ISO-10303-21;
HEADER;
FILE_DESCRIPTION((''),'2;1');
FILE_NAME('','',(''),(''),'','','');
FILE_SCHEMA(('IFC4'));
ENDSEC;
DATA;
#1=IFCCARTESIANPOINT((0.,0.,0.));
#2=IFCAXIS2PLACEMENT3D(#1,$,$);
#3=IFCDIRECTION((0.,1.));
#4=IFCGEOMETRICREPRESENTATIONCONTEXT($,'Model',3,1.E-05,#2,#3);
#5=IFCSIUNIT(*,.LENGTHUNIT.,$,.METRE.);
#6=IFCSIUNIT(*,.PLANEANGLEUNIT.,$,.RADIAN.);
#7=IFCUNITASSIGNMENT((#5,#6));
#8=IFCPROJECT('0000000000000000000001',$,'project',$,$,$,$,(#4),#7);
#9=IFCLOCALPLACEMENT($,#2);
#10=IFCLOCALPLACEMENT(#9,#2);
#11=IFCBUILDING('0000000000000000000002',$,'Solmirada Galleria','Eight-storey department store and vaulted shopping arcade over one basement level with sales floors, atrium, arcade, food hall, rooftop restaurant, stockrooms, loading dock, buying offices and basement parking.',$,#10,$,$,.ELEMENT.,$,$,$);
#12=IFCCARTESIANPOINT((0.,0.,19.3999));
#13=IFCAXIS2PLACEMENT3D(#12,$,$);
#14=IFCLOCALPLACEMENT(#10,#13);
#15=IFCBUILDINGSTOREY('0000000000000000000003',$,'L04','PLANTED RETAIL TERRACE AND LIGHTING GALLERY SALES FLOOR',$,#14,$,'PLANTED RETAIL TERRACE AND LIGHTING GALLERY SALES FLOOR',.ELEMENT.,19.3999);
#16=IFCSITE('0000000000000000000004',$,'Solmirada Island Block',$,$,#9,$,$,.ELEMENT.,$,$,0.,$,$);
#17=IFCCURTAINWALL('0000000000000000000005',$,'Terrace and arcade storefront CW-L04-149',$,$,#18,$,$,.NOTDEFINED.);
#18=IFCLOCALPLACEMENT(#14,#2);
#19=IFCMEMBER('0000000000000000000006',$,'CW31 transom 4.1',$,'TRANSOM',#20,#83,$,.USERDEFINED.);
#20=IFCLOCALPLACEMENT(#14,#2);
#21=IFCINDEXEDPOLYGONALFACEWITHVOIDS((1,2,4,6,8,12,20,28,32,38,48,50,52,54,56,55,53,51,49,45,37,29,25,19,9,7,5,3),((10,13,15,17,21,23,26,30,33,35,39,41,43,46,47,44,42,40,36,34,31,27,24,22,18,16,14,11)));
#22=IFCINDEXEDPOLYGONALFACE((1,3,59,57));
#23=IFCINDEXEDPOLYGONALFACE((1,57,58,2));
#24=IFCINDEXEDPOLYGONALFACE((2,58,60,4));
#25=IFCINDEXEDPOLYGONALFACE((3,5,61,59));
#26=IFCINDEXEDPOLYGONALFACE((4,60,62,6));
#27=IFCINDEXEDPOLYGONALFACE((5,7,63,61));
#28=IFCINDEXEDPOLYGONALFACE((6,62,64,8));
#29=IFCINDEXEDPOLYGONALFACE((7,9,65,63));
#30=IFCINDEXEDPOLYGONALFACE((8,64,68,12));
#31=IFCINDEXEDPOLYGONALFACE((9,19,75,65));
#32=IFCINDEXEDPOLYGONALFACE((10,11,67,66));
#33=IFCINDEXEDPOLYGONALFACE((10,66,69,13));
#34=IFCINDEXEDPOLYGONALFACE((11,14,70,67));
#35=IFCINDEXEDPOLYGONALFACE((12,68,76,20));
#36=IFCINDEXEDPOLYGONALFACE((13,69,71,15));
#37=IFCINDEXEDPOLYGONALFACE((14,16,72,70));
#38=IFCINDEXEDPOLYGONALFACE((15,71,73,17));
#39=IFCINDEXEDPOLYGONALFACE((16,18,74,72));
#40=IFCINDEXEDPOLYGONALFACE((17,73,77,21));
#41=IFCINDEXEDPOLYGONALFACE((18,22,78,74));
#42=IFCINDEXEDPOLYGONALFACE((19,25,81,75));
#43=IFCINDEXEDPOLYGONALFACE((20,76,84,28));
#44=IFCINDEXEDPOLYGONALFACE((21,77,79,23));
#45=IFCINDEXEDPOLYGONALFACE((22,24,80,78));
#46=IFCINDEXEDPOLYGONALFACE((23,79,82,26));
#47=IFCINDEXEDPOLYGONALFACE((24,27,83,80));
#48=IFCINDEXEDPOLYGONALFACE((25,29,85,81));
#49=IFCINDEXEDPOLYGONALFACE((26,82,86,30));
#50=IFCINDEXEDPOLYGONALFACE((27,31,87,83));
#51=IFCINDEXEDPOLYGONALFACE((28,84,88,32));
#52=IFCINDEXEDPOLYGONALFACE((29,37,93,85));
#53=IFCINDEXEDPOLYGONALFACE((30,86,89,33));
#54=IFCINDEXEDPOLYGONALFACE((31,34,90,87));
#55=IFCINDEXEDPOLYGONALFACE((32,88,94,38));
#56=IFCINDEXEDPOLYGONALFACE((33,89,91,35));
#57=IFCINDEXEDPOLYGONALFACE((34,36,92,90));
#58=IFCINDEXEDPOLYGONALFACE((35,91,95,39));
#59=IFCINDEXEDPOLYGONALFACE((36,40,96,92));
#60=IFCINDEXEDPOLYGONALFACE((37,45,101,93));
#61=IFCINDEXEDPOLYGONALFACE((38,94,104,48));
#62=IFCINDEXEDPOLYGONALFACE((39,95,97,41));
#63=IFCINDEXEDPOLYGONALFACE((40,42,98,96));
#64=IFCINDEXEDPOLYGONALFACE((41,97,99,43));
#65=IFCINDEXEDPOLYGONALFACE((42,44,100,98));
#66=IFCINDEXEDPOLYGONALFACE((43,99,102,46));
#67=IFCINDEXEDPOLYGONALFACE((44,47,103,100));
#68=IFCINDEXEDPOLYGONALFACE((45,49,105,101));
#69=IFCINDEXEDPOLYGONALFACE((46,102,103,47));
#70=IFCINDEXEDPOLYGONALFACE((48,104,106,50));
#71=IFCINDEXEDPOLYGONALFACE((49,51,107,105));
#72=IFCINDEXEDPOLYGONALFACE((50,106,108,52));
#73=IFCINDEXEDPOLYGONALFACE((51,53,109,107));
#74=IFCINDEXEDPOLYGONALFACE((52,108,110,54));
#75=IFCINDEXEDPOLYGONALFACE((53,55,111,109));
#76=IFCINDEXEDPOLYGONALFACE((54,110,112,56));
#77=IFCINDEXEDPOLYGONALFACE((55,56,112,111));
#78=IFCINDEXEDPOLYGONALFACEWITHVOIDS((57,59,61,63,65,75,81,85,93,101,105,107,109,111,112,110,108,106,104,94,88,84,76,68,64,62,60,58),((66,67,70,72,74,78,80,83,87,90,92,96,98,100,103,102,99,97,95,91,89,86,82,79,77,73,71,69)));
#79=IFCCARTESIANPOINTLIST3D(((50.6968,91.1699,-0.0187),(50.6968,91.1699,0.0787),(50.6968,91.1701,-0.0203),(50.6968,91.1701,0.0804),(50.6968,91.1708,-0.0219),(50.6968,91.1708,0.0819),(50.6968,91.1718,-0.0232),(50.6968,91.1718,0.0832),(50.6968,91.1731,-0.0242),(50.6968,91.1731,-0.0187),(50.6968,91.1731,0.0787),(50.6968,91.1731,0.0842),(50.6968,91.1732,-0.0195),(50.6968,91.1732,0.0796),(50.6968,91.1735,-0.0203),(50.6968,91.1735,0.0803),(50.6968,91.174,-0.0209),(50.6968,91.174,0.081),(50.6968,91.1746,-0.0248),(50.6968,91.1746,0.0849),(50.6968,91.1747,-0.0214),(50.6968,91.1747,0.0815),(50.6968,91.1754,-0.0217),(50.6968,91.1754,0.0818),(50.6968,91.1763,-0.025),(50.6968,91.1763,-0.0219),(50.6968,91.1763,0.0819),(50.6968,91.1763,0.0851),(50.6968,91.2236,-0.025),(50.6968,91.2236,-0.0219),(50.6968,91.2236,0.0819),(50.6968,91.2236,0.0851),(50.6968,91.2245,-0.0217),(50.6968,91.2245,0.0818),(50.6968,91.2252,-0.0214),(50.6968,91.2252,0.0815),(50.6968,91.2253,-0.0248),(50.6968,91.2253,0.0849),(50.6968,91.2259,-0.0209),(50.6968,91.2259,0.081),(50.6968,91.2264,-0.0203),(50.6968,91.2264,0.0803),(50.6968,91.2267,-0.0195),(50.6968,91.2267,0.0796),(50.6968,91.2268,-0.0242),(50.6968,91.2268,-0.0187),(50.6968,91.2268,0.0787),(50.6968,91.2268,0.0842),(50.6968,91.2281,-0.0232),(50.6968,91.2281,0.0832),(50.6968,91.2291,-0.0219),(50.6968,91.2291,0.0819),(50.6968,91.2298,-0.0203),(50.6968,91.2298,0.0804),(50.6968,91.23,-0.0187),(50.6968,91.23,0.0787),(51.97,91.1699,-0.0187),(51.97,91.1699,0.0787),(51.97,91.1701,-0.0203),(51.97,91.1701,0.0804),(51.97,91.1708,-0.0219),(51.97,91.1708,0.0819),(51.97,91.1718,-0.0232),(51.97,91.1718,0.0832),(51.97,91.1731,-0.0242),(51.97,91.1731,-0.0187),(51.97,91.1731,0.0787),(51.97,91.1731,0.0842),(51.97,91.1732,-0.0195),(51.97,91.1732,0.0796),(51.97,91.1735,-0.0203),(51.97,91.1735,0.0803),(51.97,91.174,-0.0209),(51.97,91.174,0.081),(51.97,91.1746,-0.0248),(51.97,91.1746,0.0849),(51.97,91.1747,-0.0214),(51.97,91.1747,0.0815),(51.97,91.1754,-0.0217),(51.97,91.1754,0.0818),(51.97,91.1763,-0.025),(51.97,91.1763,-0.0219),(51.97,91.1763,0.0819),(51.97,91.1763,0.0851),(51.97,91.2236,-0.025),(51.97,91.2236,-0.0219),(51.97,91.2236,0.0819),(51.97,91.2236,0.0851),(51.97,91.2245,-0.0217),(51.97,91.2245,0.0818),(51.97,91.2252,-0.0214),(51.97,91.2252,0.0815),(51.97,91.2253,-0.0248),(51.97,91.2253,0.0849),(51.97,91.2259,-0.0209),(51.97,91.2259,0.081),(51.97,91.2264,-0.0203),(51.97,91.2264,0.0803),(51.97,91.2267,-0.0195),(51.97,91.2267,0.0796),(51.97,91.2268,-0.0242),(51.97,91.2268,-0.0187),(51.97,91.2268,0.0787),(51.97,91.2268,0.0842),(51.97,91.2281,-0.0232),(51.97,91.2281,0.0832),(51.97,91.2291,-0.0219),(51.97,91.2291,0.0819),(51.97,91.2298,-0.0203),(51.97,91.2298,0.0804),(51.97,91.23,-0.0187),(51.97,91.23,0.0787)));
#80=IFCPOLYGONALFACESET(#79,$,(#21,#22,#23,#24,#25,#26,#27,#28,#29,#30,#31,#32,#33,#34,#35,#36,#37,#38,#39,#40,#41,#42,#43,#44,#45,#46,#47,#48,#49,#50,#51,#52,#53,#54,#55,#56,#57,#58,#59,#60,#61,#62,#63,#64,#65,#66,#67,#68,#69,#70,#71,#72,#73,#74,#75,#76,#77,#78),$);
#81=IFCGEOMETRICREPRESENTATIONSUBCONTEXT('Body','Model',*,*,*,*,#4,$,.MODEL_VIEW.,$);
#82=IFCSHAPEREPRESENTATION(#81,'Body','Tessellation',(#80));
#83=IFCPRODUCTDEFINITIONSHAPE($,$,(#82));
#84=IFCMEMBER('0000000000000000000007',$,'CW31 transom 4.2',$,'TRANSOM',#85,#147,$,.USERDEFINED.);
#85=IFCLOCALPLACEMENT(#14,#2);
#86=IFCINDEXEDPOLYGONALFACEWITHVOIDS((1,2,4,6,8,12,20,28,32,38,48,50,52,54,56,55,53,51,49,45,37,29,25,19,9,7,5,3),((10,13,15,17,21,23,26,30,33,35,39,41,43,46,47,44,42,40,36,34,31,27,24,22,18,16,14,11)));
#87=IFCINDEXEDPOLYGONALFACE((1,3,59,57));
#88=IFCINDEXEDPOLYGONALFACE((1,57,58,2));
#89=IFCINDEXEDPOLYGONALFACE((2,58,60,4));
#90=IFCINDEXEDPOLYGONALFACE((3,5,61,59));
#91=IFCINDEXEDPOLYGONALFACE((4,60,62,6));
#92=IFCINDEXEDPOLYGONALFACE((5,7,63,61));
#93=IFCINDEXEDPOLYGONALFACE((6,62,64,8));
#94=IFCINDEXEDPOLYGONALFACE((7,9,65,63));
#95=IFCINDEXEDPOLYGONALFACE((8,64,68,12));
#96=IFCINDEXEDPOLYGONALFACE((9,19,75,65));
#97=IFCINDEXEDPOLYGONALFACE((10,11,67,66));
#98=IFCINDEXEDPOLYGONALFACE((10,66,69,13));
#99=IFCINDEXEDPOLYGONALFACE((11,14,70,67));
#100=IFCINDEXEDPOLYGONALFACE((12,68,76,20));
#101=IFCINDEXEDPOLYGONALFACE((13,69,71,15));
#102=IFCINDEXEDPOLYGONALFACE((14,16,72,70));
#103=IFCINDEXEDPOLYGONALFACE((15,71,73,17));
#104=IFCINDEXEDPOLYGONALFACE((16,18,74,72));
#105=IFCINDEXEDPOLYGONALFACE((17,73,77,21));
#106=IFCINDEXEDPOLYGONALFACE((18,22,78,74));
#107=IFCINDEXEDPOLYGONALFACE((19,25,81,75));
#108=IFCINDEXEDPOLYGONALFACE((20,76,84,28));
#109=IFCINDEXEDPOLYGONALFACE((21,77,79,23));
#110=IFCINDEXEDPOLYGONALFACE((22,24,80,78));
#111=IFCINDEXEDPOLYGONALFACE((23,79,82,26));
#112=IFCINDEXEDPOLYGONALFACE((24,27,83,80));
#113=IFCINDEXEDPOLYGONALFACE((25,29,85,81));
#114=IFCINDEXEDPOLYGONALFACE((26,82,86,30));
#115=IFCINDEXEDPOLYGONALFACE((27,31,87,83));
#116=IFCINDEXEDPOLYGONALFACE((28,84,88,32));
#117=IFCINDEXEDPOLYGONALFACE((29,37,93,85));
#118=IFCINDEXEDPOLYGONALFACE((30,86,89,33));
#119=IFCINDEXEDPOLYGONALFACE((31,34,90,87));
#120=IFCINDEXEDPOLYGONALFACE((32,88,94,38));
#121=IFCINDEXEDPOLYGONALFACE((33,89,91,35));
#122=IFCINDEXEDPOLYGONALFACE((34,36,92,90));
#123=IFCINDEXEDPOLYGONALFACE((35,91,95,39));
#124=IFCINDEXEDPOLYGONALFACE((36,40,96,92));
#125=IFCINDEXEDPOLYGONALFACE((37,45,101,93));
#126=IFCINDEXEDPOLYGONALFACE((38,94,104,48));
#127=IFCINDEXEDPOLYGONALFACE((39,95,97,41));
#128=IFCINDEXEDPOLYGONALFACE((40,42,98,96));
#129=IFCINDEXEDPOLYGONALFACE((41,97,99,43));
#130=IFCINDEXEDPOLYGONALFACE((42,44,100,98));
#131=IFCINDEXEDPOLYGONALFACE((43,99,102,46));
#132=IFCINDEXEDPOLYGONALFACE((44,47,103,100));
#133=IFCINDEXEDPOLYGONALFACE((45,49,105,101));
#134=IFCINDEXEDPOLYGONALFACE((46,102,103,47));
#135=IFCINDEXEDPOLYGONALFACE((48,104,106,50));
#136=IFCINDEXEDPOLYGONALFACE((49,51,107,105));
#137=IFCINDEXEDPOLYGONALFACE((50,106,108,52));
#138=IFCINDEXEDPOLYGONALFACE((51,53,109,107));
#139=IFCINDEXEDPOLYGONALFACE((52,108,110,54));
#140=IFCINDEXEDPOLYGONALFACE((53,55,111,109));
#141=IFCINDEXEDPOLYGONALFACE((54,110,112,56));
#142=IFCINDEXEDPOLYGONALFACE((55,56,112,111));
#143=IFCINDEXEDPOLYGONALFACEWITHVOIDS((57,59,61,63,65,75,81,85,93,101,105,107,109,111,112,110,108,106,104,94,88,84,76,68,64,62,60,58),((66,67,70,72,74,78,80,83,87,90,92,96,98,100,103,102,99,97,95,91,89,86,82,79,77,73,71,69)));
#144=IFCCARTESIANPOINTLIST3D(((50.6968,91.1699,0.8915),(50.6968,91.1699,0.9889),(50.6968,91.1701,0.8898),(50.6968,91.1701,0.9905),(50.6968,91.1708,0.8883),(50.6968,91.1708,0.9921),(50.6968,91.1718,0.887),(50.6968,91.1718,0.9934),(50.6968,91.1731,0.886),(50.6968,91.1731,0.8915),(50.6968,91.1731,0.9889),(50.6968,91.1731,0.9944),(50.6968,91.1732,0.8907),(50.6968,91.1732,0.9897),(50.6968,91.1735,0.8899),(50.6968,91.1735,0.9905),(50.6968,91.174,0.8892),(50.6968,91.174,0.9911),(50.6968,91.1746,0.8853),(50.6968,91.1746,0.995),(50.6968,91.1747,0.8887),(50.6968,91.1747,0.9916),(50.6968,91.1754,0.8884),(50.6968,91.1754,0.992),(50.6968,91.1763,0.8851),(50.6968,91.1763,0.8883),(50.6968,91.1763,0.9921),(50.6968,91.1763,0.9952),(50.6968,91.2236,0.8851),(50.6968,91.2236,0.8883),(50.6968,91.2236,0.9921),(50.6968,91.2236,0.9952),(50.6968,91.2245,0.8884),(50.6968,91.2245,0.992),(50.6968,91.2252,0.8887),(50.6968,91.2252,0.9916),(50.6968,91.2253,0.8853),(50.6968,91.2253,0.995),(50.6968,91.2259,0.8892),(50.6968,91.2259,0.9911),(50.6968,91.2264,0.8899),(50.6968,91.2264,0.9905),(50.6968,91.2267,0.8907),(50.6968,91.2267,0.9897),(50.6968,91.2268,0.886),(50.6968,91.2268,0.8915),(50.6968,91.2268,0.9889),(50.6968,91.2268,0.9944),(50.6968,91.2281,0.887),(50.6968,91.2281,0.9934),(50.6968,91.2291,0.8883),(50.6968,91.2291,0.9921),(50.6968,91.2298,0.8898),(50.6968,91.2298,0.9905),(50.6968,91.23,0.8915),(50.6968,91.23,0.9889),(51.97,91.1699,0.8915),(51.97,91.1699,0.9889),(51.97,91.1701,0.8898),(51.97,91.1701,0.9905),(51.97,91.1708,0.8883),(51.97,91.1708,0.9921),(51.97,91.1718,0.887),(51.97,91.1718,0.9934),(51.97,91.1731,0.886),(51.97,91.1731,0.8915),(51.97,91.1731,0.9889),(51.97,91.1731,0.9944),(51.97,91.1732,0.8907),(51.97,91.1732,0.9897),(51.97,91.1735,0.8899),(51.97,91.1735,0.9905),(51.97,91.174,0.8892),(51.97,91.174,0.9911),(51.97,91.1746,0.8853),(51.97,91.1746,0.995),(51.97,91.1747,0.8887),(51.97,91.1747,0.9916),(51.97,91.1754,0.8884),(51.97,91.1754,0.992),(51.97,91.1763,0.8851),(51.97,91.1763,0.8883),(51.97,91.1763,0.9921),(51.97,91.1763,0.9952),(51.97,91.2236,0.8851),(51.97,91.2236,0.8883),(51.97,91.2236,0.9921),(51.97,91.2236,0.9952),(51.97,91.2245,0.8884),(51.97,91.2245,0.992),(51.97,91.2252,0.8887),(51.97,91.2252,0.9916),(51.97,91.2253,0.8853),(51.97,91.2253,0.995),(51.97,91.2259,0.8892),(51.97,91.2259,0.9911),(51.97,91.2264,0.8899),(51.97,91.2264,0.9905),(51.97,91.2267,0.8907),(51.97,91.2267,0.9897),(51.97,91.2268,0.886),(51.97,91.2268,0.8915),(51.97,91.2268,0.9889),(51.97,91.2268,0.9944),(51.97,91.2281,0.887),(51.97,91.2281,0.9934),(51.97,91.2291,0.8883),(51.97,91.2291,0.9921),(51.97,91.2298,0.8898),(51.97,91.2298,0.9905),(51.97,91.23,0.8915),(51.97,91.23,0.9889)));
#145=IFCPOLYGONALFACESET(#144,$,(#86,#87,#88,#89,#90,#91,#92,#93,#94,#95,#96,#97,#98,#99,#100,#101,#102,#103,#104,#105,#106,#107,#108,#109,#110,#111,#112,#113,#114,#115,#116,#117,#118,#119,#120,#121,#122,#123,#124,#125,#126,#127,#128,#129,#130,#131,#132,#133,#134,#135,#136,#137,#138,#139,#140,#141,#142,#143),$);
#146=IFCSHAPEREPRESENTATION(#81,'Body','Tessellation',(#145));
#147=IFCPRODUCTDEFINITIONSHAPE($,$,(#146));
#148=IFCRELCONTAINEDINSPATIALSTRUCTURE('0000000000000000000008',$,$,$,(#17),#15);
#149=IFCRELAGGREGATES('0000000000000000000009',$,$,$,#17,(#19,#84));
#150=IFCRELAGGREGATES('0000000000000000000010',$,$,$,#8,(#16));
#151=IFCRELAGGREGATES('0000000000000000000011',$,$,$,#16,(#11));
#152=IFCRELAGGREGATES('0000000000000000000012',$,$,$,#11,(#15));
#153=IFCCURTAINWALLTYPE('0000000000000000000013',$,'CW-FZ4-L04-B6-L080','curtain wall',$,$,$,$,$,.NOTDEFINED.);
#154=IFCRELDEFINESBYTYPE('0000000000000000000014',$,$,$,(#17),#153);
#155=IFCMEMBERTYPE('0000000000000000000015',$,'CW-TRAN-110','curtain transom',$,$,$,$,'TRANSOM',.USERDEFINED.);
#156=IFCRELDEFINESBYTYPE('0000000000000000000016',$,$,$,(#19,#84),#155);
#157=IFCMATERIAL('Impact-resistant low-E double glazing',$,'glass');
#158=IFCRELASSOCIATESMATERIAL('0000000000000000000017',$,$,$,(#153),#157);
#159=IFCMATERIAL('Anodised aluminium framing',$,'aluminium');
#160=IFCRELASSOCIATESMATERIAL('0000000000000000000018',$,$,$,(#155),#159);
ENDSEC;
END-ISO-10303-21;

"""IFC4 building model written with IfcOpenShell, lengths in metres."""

from ifc_helpers import new_model, si_unit, direction, frame, origin, origin_2d, place, context, subcontext, project, spatial, hollow_rectangle, extrude, material, material_profile, profile_set, type_object, element, aggregate, save


model = new_model("IFC4")

# Units and contexts
model_context = context("Model", 3, precision=1e-05, world=origin(), true_north=direction((0.0, 1.0)))
body_context = subcontext(model_context, "Body", "Model", "MODEL_VIEW")
ifc_project = project(units=[si_unit("LENGTHUNIT", "METRE"), si_unit("PLANEANGLEUNIT", "RADIAN")], contexts=[model_context])

# Site, building, storey
site_placement = place(None, origin())
site = spatial("IfcSite", under=ifc_project, at=site_placement, Name="Solmirada Island Block", CompositionType="ELEMENT", RefElevation=0.0)
building_placement = place(site_placement, origin())
building = spatial("IfcBuilding", under=site, at=building_placement, Name="Solmirada Galleria", Description="Eight-storey department store and vaulted shopping arcade over one basement level with sales floors, atrium, arcade, food hall, rooftop restaurant, stockrooms, loading dock, buying offices and basement parking.", CompositionType="ELEMENT")
storey_placement = place(building_placement, frame((0.0, 0.0, 19.3999)))
storey = spatial("IfcBuildingStorey", under=building, at=storey_placement, Name="L04", Description="PLANTED RETAIL TERRACE AND LIGHTING GALLERY SALES FLOOR", LongName="PLANTED RETAIL TERRACE AND LIGHTING GALLERY SALES FLOOR", CompositionType="ELEMENT", Elevation=19.3999)

# Curtain wall, members
ifc_material_1 = material(Name="Impact-resistant low-E double glazing", Category="glass")
curtain_wall_type = type_object("IfcCurtainWallType", Name="CW-FZ4-L04-B6-L080", Description="curtain wall", PredefinedType="NOTDEFINED", material=ifc_material_1)
curtain_wall_placement = place(storey_placement, origin())
curtain_wall = element("IfcCurtainWall", 1, at=curtain_wall_placement, inside=storey, type_object=curtain_wall_type, Name="Terrace and arcade storefront CW-L04-149", PredefinedType="NOTDEFINED")
ifc_material_2 = material(Name="Anodised aluminium framing", Category="aluminium")
ifc_material_profile_1 = material_profile(ifc_material_2, hollow_rectangle(XDim=0.0601, YDim=0.1101, WallThickness=0.0032, InnerFilletRadius=0.0032, OuterFilletRadius=0.0063, at=origin_2d()), Name="ALU-TRAN-110X60")
ifc_profile_set_1 = profile_set([ifc_material_profile_1], Name="Anodised aluminium framing")
member_type_1 = type_object("IfcMemberType", Name="CW-TRAN-110", Description="curtain transom", ElementType="TRANSOM", PredefinedType="USERDEFINED", material=ifc_profile_set_1)
member_1_placement = place(storey_placement, frame((51.97, 91.2, 0.03), z_axis=(-1.0, 0.0, 0.0), x_axis=(0.0, -1.0, 0.0)))
member_1 = element("IfcMember", 2, at=member_1_placement, type_object=member_type_1, Name="CW31 transom 4.1", ObjectType="TRANSOM", PredefinedType="USERDEFINED", context=body_context, shape_type="SweptSolid", body=[
    extrude(hollow_rectangle(XDim=0.0601, YDim=0.1101, WallThickness=0.0032, InnerFilletRadius=0.0032, OuterFilletRadius=0.0063, at=origin_2d()), origin(), (0.0, 0.0, 1.0), 1.2732),
])
member_2_placement = place(storey_placement, frame((51.97, 91.2, 0.9402), z_axis=(-1.0, 0.0, 0.0), x_axis=(0.0, -1.0, 0.0)))
member_2 = element("IfcMember", 3, at=member_2_placement, type_object=member_type_1, Name="CW31 transom 4.2", ObjectType="TRANSOM", PredefinedType="USERDEFINED", context=body_context, shape_type="SweptSolid", body=[
    extrude(hollow_rectangle(XDim=0.0601, YDim=0.1101, WallThickness=0.0032, InnerFilletRadius=0.0032, OuterFilletRadius=0.0063, at=origin_2d()), origin(), (0.0, 0.0, 1.0), 1.2732),
])
aggregate(curtain_wall, [member_1, member_2])

save(model, "model.ifc")
